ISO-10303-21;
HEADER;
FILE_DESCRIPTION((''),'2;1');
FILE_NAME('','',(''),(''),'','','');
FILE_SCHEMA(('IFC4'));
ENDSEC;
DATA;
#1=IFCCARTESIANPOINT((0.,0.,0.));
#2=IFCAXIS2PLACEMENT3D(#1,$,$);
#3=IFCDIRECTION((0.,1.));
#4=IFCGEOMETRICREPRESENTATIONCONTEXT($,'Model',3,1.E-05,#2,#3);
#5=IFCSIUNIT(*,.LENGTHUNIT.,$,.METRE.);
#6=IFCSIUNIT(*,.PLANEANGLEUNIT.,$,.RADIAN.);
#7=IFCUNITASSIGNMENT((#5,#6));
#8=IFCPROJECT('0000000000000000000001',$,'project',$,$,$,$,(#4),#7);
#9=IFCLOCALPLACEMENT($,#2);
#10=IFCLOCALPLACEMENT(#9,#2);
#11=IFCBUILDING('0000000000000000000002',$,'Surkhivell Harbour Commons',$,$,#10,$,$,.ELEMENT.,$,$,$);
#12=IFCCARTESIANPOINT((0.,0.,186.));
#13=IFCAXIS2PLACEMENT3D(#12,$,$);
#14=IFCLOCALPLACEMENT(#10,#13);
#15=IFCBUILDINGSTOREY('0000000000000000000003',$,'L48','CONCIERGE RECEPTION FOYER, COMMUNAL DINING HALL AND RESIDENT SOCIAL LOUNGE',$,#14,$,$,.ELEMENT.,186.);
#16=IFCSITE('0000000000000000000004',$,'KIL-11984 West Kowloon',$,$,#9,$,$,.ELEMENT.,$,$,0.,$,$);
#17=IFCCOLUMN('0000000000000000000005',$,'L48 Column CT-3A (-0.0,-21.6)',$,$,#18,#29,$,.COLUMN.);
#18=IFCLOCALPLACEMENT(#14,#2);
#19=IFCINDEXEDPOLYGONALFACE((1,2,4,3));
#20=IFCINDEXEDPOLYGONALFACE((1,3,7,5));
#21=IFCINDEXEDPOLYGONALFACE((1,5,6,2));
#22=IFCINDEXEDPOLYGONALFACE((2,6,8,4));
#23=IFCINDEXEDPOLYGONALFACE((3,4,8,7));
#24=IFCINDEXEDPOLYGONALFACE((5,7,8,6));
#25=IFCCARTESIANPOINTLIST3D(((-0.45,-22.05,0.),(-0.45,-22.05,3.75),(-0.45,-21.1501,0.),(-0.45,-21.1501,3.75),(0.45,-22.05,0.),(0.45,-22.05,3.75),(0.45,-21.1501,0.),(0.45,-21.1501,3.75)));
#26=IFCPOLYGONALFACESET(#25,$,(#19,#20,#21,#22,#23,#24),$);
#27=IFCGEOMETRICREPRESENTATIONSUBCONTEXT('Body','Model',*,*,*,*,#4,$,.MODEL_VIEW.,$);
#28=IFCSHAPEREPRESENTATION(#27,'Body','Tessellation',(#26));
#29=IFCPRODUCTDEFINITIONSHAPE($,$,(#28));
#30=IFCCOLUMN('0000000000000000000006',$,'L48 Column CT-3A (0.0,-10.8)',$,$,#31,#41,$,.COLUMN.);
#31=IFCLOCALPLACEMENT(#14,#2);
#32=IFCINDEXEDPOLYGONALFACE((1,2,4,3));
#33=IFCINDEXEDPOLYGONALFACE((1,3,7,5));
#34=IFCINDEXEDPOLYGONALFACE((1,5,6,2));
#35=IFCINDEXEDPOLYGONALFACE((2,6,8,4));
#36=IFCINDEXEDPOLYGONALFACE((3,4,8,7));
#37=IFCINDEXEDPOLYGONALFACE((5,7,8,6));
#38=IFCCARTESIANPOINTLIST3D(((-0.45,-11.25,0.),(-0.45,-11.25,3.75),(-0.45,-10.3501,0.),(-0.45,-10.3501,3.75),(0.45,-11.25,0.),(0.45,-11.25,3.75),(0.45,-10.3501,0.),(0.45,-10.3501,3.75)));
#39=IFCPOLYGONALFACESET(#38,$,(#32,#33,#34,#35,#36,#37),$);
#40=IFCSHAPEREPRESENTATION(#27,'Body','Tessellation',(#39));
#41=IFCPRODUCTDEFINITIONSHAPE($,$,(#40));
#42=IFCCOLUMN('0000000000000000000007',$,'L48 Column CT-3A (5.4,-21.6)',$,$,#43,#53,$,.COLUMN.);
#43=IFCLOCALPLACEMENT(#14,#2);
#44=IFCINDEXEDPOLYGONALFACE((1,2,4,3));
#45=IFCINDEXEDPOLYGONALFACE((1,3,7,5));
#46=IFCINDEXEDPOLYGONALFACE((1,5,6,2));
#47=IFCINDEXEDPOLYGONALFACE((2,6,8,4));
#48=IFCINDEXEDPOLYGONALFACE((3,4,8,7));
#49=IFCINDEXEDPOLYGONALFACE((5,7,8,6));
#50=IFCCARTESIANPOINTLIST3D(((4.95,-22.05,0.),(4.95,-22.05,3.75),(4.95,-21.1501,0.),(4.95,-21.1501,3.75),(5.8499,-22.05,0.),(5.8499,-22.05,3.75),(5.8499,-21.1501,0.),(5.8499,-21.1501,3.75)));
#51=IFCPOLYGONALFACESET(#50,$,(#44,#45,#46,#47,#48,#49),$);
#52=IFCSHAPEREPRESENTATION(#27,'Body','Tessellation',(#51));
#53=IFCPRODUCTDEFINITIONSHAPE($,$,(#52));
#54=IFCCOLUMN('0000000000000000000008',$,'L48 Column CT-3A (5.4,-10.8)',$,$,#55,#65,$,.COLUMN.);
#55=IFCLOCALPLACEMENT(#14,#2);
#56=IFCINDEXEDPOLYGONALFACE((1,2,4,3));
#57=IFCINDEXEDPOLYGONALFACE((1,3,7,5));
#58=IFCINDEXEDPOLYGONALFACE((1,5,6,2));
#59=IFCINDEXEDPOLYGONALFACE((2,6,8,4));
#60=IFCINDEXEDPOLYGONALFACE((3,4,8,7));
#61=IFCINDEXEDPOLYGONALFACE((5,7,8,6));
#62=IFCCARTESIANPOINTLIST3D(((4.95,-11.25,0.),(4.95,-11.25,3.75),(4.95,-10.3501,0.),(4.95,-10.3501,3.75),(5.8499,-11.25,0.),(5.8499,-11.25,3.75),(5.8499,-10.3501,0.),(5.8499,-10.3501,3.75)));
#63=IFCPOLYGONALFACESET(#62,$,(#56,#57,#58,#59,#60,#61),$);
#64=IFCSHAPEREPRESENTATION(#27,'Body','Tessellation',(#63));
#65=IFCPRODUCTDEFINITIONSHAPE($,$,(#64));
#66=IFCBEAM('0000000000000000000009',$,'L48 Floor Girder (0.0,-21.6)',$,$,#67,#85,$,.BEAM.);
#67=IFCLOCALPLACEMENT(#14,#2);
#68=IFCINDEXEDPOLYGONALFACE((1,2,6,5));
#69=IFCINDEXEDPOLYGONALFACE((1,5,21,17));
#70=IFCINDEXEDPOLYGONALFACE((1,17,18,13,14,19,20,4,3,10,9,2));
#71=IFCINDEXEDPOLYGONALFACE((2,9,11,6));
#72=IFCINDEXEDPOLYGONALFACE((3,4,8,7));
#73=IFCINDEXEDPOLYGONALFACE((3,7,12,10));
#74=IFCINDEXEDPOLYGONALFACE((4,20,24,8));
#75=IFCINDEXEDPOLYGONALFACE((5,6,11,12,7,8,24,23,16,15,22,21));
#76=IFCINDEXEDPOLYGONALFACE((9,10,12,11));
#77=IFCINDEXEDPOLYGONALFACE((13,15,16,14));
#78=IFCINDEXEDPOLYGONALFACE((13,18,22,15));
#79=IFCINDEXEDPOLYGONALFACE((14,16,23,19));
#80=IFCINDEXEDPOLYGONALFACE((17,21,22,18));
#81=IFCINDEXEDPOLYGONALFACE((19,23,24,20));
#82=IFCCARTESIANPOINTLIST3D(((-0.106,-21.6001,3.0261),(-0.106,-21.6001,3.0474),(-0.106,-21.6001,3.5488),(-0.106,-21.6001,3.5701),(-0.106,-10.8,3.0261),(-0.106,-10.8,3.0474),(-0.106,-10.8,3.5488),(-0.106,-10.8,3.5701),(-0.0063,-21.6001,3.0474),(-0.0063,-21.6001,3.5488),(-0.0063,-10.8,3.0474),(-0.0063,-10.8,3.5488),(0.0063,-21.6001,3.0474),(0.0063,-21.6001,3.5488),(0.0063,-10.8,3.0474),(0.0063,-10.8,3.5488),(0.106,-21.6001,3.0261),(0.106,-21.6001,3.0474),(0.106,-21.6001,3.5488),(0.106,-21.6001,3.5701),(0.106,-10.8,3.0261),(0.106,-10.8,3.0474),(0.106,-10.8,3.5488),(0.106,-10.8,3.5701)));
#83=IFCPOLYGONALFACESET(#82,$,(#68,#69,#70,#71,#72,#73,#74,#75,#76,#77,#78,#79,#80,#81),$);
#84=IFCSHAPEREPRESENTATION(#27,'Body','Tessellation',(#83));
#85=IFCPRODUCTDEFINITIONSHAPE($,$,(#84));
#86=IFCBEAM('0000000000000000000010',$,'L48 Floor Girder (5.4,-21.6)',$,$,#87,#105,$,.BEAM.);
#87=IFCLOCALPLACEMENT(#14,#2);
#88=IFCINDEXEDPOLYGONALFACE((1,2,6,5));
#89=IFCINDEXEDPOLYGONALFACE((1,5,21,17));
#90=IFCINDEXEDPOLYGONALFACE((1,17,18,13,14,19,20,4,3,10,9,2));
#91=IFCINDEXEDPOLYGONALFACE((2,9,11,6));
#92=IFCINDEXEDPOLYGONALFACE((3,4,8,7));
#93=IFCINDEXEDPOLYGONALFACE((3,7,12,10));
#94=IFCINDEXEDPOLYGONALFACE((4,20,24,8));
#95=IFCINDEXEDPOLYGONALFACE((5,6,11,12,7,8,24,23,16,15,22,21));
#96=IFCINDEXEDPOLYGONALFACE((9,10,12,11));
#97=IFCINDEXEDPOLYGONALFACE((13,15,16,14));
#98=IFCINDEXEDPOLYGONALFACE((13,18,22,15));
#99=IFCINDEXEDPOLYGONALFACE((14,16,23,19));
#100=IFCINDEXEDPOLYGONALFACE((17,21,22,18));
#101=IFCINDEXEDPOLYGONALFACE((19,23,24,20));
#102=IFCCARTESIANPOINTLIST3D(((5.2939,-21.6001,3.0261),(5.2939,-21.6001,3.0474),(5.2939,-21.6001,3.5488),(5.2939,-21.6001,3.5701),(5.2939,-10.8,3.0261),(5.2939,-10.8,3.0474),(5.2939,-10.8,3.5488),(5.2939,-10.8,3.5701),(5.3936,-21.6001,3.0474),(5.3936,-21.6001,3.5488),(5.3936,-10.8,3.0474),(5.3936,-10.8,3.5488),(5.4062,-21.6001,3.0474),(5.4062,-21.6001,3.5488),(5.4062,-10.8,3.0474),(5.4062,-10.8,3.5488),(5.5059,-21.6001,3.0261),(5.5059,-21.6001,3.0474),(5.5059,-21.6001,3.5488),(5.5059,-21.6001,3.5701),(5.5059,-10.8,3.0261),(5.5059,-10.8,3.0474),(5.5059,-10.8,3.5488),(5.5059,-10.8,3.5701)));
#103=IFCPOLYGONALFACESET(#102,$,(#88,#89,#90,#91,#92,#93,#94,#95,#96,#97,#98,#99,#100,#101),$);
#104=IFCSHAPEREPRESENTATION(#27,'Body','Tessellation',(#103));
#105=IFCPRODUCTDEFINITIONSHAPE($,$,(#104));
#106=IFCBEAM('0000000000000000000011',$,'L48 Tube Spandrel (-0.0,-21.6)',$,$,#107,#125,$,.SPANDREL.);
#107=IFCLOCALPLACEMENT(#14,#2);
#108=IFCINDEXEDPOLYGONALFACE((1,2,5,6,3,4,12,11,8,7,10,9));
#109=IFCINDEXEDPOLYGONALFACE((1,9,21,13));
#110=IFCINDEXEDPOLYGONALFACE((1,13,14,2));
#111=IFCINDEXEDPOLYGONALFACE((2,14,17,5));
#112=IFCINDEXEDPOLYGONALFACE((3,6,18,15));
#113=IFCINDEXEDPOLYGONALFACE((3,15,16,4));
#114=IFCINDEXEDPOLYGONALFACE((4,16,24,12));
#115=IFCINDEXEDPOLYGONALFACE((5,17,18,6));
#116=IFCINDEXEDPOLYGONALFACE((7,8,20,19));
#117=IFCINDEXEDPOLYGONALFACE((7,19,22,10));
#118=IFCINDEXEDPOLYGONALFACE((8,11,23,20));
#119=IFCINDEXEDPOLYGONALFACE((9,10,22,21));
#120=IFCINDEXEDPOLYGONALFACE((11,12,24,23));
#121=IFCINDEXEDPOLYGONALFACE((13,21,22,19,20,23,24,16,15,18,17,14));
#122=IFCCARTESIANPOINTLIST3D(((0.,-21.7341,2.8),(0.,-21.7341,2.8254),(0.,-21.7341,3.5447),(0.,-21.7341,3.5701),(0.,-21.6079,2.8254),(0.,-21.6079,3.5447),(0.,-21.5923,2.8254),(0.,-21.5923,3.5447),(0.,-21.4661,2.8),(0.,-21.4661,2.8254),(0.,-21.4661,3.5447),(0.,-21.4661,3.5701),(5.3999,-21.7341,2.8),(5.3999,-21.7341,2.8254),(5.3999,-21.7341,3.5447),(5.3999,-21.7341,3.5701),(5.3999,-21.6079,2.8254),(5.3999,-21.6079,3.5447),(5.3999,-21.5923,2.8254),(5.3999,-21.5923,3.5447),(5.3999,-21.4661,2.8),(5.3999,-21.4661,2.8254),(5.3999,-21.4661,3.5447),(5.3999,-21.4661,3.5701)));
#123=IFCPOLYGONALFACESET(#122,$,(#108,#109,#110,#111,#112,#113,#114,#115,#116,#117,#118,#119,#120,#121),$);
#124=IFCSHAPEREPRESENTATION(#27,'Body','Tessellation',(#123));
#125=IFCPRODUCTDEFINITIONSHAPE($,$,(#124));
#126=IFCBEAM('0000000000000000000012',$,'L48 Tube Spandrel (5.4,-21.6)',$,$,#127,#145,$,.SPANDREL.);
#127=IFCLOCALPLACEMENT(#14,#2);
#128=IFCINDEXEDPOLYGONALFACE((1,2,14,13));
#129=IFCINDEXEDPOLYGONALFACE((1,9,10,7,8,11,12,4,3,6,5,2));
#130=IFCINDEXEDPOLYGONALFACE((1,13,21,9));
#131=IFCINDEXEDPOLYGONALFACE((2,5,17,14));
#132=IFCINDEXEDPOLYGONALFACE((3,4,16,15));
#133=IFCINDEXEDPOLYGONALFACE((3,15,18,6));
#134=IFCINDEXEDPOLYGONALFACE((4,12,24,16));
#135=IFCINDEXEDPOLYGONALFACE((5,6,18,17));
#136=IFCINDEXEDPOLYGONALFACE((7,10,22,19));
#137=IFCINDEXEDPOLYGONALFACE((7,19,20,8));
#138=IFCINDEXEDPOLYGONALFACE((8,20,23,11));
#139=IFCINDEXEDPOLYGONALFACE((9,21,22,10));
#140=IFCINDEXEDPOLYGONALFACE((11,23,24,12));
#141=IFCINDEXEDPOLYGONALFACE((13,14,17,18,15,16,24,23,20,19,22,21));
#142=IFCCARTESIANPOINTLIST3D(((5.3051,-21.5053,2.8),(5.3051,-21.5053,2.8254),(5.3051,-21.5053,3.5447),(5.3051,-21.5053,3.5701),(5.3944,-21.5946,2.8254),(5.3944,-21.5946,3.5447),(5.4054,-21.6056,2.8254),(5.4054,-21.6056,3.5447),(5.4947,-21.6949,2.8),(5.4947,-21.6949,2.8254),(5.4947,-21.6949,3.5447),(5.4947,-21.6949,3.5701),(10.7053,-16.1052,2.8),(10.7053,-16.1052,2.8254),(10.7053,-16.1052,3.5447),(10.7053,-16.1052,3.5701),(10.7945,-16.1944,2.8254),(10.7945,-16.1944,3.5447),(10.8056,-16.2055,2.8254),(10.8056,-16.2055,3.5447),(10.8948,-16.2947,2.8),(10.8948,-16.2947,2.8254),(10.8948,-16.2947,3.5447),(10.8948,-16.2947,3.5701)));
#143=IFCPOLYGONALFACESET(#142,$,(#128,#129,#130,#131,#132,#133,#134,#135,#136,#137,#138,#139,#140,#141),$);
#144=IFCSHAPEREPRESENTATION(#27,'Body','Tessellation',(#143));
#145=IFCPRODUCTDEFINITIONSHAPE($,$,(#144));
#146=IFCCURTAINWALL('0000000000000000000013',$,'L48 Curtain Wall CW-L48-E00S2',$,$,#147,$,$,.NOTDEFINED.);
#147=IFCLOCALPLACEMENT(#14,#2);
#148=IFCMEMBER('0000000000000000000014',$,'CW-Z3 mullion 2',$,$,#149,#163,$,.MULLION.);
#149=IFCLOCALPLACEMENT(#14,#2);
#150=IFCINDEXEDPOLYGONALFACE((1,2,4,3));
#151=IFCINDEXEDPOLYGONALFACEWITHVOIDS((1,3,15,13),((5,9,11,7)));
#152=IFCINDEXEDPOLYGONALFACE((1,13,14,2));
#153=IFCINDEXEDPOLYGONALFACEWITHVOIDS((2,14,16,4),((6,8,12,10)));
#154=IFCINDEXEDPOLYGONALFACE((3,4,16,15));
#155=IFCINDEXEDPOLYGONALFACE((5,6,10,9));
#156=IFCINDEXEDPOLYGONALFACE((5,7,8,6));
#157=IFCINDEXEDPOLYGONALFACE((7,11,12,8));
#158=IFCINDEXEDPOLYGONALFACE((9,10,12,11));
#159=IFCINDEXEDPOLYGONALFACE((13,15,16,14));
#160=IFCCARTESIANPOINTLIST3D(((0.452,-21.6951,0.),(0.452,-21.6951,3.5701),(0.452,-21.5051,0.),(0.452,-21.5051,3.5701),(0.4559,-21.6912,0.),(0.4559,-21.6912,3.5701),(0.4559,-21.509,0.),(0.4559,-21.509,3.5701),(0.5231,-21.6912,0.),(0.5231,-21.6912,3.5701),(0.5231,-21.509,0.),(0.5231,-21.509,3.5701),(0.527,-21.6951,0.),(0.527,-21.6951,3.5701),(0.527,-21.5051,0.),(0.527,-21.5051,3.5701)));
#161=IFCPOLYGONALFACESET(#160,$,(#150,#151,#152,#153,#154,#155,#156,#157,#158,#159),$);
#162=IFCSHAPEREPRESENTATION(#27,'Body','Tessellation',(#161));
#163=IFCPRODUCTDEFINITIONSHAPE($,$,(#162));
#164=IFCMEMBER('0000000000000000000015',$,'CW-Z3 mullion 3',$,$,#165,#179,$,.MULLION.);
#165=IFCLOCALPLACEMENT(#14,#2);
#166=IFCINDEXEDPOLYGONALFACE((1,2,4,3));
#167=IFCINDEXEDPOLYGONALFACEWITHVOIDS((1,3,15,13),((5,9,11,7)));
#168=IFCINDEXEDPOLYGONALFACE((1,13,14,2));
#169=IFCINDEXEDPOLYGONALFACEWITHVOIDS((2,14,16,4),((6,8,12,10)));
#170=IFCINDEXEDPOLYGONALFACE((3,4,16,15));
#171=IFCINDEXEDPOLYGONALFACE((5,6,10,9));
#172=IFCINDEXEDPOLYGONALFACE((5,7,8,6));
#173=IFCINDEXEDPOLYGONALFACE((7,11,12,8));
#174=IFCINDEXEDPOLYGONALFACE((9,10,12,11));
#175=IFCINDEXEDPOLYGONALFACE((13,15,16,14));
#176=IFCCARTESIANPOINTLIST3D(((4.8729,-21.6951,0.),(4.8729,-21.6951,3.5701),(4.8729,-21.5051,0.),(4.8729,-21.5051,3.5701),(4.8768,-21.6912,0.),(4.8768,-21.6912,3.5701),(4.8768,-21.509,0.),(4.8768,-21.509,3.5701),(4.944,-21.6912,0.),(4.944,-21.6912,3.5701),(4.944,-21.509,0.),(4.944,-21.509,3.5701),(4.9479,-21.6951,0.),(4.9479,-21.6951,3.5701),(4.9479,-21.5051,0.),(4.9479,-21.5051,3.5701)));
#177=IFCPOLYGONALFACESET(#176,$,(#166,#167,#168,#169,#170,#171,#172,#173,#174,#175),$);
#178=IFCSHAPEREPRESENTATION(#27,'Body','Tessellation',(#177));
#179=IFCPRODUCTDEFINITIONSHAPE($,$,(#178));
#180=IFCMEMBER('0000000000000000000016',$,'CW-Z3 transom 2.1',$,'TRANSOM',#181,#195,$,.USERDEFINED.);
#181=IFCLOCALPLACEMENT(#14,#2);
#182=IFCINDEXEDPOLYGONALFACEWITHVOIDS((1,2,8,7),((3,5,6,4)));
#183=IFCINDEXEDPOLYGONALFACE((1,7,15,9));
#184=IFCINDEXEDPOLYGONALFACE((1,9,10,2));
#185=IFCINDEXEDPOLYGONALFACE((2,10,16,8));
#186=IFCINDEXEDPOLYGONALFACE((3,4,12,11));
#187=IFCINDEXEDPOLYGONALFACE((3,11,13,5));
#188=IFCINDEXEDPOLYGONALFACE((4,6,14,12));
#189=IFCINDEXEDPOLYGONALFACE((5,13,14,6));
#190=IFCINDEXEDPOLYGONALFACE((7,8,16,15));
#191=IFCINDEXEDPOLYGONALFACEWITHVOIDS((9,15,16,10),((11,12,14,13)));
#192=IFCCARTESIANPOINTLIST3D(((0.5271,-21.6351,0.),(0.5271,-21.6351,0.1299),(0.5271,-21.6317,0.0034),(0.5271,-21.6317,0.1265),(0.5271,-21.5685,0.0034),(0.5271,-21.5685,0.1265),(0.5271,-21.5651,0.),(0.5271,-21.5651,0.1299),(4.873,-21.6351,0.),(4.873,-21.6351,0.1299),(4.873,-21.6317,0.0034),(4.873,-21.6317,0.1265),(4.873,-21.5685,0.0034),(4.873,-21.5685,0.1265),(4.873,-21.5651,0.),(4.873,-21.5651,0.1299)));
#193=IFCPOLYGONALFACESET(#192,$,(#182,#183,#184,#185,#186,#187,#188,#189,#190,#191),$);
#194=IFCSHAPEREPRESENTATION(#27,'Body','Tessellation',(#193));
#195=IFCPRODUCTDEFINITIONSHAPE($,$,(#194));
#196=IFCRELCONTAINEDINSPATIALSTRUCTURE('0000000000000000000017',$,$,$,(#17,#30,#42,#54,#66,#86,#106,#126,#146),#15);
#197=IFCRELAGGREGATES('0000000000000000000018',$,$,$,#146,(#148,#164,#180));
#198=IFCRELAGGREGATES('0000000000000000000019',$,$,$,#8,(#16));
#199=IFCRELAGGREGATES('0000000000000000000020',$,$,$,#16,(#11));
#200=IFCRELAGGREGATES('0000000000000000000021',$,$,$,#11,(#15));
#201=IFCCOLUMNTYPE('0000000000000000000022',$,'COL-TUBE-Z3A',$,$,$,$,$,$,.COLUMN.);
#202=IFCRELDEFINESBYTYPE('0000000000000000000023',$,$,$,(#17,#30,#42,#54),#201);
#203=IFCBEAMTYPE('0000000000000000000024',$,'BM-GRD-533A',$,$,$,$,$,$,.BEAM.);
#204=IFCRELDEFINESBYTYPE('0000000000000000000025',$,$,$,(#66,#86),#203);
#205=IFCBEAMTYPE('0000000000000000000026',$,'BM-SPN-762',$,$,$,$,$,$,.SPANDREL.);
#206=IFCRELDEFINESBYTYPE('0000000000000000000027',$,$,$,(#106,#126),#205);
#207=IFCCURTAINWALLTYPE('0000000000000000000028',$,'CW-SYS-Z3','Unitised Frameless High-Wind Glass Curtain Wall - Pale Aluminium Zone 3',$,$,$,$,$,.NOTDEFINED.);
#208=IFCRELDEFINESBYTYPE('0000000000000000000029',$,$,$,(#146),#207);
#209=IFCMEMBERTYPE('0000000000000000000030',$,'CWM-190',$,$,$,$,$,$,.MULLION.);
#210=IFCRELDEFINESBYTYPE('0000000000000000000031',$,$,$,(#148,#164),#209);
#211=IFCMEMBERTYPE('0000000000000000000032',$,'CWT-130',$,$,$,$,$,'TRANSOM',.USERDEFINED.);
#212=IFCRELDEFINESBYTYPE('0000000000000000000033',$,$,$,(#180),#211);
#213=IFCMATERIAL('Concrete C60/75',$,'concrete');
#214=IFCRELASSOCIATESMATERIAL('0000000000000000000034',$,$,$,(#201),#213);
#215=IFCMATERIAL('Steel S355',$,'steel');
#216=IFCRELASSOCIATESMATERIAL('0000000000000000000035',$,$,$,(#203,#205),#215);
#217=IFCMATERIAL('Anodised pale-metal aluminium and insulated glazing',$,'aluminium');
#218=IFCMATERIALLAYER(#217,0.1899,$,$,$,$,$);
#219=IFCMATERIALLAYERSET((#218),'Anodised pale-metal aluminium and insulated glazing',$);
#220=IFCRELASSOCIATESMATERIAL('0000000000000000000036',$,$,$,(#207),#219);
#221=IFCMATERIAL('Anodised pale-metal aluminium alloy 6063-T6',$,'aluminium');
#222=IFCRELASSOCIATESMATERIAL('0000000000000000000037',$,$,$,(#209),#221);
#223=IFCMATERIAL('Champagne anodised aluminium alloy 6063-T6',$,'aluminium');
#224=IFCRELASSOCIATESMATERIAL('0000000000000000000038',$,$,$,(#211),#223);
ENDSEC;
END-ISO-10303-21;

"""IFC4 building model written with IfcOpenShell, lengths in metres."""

from ifc_helpers import new_model, si_unit, direction, frame, origin, origin_2d, place, context, subcontext, project, spatial, rectangle, hollow_rectangle, i_section, extrude, material, layer, layer_set, material_profile, profile_set, type_object, element, aggregate, save


model = new_model("IFC4")

# Units and contexts
model_context = context("Model", 3, precision=1e-05, world=origin(), true_north=direction((0.0, 1.0)))
body_context = subcontext(model_context, "Body", "Model", "MODEL_VIEW")
ifc_project = project(units=[si_unit("LENGTHUNIT", "METRE"), si_unit("PLANEANGLEUNIT", "RADIAN")], contexts=[model_context])

# Site, building, storey
site_placement = place(None, origin())
site = spatial("IfcSite", under=ifc_project, at=site_placement, Name="KIL-11984 West Kowloon", CompositionType="ELEMENT", RefElevation=0.0)
building_placement = place(site_placement, origin())
building = spatial("IfcBuilding", under=site, at=building_placement, Name="Surkhivell Harbour Commons", CompositionType="ELEMENT")
storey_placement = place(building_placement, frame((0.0, 0.0, 186.0)))
storey = spatial("IfcBuildingStorey", under=building, at=storey_placement, Name="L48", Description="CONCIERGE RECEPTION FOYER, COMMUNAL DINING HALL AND RESIDENT SOCIAL LOUNGE", CompositionType="ELEMENT", Elevation=186.0)

# Columns
ifc_material_1 = material(Name="Concrete C60/75", Category="concrete")
ifc_material_profile_1 = material_profile(ifc_material_1, rectangle(XDim=0.8999, YDim=0.8999, at=origin_2d()), Name="RC-COL-900x900")
ifc_profile_set_1 = profile_set([ifc_material_profile_1], Name="Concrete C60/75")
column_type = type_object("IfcColumnType", Name="COL-TUBE-Z3A", PredefinedType="COLUMN", material=ifc_profile_set_1)
for number, where, z_axis, x_axis, name in (
    (1, (0.0, -21.6001, 0.0), (0.0, 0.0, 1.0), (1.0, 0.0, 0.0), "L48 Column CT-3A (-0.0,-21.6)"),
    (2, (0.0, -10.8, 0.0), (0.0, 0.0, 1.0), (1.0, 0.0, 0.0), "L48 Column CT-3A (0.0,-10.8)"),
    (3, (5.3999, -21.6001, 0.0), (0.0, 0.0, 1.0), (1.0, 0.0, 0.0), "L48 Column CT-3A (5.4,-21.6)"),
    (4, (5.3999, -10.8, 0.0), (0.0, 0.0, 1.0), (1.0, 0.0, 0.0), "L48 Column CT-3A (5.4,-10.8)"),
):
    element("IfcColumn", number, at=place(storey_placement, frame(where, z_axis=z_axis, x_axis=x_axis)), inside=storey, type_object=column_type, Name=name, PredefinedType="COLUMN", context=body_context, shape_type="SweptSolid", body=[
        extrude(rectangle(XDim=0.8999, YDim=0.8999, at=origin_2d()), origin(), (0.0, 0.0, 1.0), 3.75),
    ])

# Beams
ifc_material_2 = material(Name="Steel S355", Category="steel")
ifc_material_profile_2 = material_profile(ifc_material_2, i_section(OverallWidth=0.2119, OverallDepth=0.5439, WebThickness=0.0127, FlangeThickness=0.0212, at=origin_2d()), Name="UB533x210x122")
ifc_profile_set_2 = profile_set([ifc_material_profile_2], Name="Steel S355")
beam_type_1 = type_object("IfcBeamType", Name="BM-GRD-533A", PredefinedType="BEAM", material=ifc_profile_set_2)
for number, where, z_axis, x_axis, name in (
    (5, (0.0, -21.6001, 3.2981), (0.0, 1.0, 0.0), (-1.0, 0.0, 0.0), "L48 Floor Girder (0.0,-21.6)"),
    (6, (5.3999, -21.6001, 3.2981), (0.0, 1.0, 0.0), (-1.0, 0.0, 0.0), "L48 Floor Girder (5.4,-21.6)"),
):
    element("IfcBeam", number, at=place(storey_placement, frame(where, z_axis=z_axis, x_axis=x_axis)), inside=storey, type_object=beam_type_1, Name=name, PredefinedType="BEAM", context=body_context, shape_type="SweptSolid", body=[
        extrude(i_section(OverallWidth=0.2119, OverallDepth=0.5439, WebThickness=0.0127, FlangeThickness=0.0212, at=origin_2d()), origin(), (0.0, 0.0, 1.0), 10.8),
    ])
ifc_material_profile_3 = material_profile(ifc_material_2, i_section(OverallWidth=0.2681, OverallDepth=0.77, WebThickness=0.0156, FlangeThickness=0.0254, at=origin_2d()), Name="UB762x267x197")
ifc_profile_set_3 = profile_set([ifc_material_profile_3], Name="Steel S355")
beam_type_2 = type_object("IfcBeamType", Name="BM-SPN-762", PredefinedType="SPANDREL", material=ifc_profile_set_3)
beam_1_placement = place(storey_placement, frame((0.0, -21.6001, 3.1851), z_axis=(1.0, 0.0, 0.0), x_axis=(0.0, 1.0, 0.0)))
element("IfcBeam", 7, at=beam_1_placement, inside=storey, type_object=beam_type_2, Name="L48 Tube Spandrel (-0.0,-21.6)", PredefinedType="SPANDREL", context=body_context, shape_type="SweptSolid", body=[
    extrude(i_section(OverallWidth=0.2681, OverallDepth=0.77, WebThickness=0.0156, FlangeThickness=0.0254, at=origin_2d()), origin(), (0.0, 0.0, 1.0), 5.3999),
])
beam_2_placement = place(storey_placement, frame((5.3999, -21.6001, 3.1851), z_axis=(0.707107, 0.707107, 0.0), x_axis=(-0.707107, 0.707107, 0.0)))
element("IfcBeam", 8, at=beam_2_placement, inside=storey, type_object=beam_type_2, Name="L48 Tube Spandrel (5.4,-21.6)", PredefinedType="SPANDREL", context=body_context, shape_type="SweptSolid", body=[
    extrude(i_section(OverallWidth=0.2681, OverallDepth=0.77, WebThickness=0.0156, FlangeThickness=0.0254, at=origin_2d()), origin(), (0.0, 0.0, 1.0), 7.637),
])

# Curtain wall, members
ifc_material_3 = material(Name="Anodised pale-metal aluminium and insulated glazing", Category="aluminium")
ifc_layer_1 = layer(ifc_material_3, 0.1899)
ifc_layer_set_1 = layer_set([ifc_layer_1], Name="Anodised pale-metal aluminium and insulated glazing")
curtain_wall_type = type_object("IfcCurtainWallType", Name="CW-SYS-Z3", Description="Unitised Frameless High-Wind Glass Curtain Wall - Pale Aluminium Zone 3", PredefinedType="NOTDEFINED", material=ifc_layer_set_1)
curtain_wall_placement = place(storey_placement, origin())
curtain_wall = element("IfcCurtainWall", 9, at=curtain_wall_placement, inside=storey, type_object=curtain_wall_type, Name="L48 Curtain Wall CW-L48-E00S2", PredefinedType="NOTDEFINED")
ifc_material_4 = material(Name="Anodised pale-metal aluminium alloy 6063-T6", Category="aluminium")
ifc_material_profile_4 = material_profile(ifc_material_4, hollow_rectangle(XDim=0.075, YDim=0.1899, WallThickness=0.0039, at=origin_2d()), Name="ALU-MULL-75x190")
ifc_profile_set_4 = profile_set([ifc_material_profile_4], Name="Anodised pale-metal aluminium alloy 6063-T6")
member_type_1 = type_object("IfcMemberType", Name="CWM-190", PredefinedType="MULLION", material=ifc_profile_set_4)
member_1_placement = place(storey_placement, frame((0.4895, -21.6001, 0.0), z_axis=(0.0, 0.0, 1.0), x_axis=(1.0, 0.0, 0.0)))
member_1 = element("IfcMember", 10, at=member_1_placement, type_object=member_type_1, Name="CW-Z3 mullion 2", PredefinedType="MULLION", context=body_context, shape_type="SweptSolid", body=[
    extrude(hollow_rectangle(XDim=0.075, YDim=0.1899, WallThickness=0.0039, at=origin_2d()), origin(), (0.0, 0.0, 1.0), 3.5701),
])
member_2_placement = place(storey_placement, frame((4.9104, -21.6001, 0.0), z_axis=(0.0, 0.0, 1.0), x_axis=(1.0, 0.0, 0.0)))
member_2 = element("IfcMember", 11, at=member_2_placement, type_object=member_type_1, Name="CW-Z3 mullion 3", PredefinedType="MULLION", context=body_context, shape_type="SweptSolid", body=[
    extrude(hollow_rectangle(XDim=0.075, YDim=0.1899, WallThickness=0.0039, at=origin_2d()), origin(), (0.0, 0.0, 1.0), 3.5701),
])
ifc_material_5 = material(Name="Champagne anodised aluminium alloy 6063-T6", Category="aluminium")
ifc_material_profile_5 = material_profile(ifc_material_5, hollow_rectangle(XDim=0.0701, YDim=0.1299, WallThickness=0.0034, at=origin_2d()), Name="ALU-TRAN-70x130")
ifc_profile_set_5 = profile_set([ifc_material_profile_5], Name="Champagne anodised aluminium alloy 6063-T6")
member_type_2 = type_object("IfcMemberType", Name="CWT-130", ElementType="TRANSOM", PredefinedType="USERDEFINED", material=ifc_profile_set_5)
member_3_placement = place(storey_placement, frame((0.5271, -21.6001, 0.0649), z_axis=(1.0, 0.0, 0.0), x_axis=(0.0, 1.0, 0.0)))
member_3 = element("IfcMember", 12, at=member_3_placement, type_object=member_type_2, Name="CW-Z3 transom 2.1", ObjectType="TRANSOM", PredefinedType="USERDEFINED", context=body_context, shape_type="SweptSolid", body=[
    extrude(hollow_rectangle(XDim=0.0701, YDim=0.1299, WallThickness=0.0034, at=origin_2d()), origin(), (0.0, 0.0, 1.0), 4.3459),
])
aggregate(curtain_wall, [member_1, member_2, member_3])

save(model, "model.ifc")
